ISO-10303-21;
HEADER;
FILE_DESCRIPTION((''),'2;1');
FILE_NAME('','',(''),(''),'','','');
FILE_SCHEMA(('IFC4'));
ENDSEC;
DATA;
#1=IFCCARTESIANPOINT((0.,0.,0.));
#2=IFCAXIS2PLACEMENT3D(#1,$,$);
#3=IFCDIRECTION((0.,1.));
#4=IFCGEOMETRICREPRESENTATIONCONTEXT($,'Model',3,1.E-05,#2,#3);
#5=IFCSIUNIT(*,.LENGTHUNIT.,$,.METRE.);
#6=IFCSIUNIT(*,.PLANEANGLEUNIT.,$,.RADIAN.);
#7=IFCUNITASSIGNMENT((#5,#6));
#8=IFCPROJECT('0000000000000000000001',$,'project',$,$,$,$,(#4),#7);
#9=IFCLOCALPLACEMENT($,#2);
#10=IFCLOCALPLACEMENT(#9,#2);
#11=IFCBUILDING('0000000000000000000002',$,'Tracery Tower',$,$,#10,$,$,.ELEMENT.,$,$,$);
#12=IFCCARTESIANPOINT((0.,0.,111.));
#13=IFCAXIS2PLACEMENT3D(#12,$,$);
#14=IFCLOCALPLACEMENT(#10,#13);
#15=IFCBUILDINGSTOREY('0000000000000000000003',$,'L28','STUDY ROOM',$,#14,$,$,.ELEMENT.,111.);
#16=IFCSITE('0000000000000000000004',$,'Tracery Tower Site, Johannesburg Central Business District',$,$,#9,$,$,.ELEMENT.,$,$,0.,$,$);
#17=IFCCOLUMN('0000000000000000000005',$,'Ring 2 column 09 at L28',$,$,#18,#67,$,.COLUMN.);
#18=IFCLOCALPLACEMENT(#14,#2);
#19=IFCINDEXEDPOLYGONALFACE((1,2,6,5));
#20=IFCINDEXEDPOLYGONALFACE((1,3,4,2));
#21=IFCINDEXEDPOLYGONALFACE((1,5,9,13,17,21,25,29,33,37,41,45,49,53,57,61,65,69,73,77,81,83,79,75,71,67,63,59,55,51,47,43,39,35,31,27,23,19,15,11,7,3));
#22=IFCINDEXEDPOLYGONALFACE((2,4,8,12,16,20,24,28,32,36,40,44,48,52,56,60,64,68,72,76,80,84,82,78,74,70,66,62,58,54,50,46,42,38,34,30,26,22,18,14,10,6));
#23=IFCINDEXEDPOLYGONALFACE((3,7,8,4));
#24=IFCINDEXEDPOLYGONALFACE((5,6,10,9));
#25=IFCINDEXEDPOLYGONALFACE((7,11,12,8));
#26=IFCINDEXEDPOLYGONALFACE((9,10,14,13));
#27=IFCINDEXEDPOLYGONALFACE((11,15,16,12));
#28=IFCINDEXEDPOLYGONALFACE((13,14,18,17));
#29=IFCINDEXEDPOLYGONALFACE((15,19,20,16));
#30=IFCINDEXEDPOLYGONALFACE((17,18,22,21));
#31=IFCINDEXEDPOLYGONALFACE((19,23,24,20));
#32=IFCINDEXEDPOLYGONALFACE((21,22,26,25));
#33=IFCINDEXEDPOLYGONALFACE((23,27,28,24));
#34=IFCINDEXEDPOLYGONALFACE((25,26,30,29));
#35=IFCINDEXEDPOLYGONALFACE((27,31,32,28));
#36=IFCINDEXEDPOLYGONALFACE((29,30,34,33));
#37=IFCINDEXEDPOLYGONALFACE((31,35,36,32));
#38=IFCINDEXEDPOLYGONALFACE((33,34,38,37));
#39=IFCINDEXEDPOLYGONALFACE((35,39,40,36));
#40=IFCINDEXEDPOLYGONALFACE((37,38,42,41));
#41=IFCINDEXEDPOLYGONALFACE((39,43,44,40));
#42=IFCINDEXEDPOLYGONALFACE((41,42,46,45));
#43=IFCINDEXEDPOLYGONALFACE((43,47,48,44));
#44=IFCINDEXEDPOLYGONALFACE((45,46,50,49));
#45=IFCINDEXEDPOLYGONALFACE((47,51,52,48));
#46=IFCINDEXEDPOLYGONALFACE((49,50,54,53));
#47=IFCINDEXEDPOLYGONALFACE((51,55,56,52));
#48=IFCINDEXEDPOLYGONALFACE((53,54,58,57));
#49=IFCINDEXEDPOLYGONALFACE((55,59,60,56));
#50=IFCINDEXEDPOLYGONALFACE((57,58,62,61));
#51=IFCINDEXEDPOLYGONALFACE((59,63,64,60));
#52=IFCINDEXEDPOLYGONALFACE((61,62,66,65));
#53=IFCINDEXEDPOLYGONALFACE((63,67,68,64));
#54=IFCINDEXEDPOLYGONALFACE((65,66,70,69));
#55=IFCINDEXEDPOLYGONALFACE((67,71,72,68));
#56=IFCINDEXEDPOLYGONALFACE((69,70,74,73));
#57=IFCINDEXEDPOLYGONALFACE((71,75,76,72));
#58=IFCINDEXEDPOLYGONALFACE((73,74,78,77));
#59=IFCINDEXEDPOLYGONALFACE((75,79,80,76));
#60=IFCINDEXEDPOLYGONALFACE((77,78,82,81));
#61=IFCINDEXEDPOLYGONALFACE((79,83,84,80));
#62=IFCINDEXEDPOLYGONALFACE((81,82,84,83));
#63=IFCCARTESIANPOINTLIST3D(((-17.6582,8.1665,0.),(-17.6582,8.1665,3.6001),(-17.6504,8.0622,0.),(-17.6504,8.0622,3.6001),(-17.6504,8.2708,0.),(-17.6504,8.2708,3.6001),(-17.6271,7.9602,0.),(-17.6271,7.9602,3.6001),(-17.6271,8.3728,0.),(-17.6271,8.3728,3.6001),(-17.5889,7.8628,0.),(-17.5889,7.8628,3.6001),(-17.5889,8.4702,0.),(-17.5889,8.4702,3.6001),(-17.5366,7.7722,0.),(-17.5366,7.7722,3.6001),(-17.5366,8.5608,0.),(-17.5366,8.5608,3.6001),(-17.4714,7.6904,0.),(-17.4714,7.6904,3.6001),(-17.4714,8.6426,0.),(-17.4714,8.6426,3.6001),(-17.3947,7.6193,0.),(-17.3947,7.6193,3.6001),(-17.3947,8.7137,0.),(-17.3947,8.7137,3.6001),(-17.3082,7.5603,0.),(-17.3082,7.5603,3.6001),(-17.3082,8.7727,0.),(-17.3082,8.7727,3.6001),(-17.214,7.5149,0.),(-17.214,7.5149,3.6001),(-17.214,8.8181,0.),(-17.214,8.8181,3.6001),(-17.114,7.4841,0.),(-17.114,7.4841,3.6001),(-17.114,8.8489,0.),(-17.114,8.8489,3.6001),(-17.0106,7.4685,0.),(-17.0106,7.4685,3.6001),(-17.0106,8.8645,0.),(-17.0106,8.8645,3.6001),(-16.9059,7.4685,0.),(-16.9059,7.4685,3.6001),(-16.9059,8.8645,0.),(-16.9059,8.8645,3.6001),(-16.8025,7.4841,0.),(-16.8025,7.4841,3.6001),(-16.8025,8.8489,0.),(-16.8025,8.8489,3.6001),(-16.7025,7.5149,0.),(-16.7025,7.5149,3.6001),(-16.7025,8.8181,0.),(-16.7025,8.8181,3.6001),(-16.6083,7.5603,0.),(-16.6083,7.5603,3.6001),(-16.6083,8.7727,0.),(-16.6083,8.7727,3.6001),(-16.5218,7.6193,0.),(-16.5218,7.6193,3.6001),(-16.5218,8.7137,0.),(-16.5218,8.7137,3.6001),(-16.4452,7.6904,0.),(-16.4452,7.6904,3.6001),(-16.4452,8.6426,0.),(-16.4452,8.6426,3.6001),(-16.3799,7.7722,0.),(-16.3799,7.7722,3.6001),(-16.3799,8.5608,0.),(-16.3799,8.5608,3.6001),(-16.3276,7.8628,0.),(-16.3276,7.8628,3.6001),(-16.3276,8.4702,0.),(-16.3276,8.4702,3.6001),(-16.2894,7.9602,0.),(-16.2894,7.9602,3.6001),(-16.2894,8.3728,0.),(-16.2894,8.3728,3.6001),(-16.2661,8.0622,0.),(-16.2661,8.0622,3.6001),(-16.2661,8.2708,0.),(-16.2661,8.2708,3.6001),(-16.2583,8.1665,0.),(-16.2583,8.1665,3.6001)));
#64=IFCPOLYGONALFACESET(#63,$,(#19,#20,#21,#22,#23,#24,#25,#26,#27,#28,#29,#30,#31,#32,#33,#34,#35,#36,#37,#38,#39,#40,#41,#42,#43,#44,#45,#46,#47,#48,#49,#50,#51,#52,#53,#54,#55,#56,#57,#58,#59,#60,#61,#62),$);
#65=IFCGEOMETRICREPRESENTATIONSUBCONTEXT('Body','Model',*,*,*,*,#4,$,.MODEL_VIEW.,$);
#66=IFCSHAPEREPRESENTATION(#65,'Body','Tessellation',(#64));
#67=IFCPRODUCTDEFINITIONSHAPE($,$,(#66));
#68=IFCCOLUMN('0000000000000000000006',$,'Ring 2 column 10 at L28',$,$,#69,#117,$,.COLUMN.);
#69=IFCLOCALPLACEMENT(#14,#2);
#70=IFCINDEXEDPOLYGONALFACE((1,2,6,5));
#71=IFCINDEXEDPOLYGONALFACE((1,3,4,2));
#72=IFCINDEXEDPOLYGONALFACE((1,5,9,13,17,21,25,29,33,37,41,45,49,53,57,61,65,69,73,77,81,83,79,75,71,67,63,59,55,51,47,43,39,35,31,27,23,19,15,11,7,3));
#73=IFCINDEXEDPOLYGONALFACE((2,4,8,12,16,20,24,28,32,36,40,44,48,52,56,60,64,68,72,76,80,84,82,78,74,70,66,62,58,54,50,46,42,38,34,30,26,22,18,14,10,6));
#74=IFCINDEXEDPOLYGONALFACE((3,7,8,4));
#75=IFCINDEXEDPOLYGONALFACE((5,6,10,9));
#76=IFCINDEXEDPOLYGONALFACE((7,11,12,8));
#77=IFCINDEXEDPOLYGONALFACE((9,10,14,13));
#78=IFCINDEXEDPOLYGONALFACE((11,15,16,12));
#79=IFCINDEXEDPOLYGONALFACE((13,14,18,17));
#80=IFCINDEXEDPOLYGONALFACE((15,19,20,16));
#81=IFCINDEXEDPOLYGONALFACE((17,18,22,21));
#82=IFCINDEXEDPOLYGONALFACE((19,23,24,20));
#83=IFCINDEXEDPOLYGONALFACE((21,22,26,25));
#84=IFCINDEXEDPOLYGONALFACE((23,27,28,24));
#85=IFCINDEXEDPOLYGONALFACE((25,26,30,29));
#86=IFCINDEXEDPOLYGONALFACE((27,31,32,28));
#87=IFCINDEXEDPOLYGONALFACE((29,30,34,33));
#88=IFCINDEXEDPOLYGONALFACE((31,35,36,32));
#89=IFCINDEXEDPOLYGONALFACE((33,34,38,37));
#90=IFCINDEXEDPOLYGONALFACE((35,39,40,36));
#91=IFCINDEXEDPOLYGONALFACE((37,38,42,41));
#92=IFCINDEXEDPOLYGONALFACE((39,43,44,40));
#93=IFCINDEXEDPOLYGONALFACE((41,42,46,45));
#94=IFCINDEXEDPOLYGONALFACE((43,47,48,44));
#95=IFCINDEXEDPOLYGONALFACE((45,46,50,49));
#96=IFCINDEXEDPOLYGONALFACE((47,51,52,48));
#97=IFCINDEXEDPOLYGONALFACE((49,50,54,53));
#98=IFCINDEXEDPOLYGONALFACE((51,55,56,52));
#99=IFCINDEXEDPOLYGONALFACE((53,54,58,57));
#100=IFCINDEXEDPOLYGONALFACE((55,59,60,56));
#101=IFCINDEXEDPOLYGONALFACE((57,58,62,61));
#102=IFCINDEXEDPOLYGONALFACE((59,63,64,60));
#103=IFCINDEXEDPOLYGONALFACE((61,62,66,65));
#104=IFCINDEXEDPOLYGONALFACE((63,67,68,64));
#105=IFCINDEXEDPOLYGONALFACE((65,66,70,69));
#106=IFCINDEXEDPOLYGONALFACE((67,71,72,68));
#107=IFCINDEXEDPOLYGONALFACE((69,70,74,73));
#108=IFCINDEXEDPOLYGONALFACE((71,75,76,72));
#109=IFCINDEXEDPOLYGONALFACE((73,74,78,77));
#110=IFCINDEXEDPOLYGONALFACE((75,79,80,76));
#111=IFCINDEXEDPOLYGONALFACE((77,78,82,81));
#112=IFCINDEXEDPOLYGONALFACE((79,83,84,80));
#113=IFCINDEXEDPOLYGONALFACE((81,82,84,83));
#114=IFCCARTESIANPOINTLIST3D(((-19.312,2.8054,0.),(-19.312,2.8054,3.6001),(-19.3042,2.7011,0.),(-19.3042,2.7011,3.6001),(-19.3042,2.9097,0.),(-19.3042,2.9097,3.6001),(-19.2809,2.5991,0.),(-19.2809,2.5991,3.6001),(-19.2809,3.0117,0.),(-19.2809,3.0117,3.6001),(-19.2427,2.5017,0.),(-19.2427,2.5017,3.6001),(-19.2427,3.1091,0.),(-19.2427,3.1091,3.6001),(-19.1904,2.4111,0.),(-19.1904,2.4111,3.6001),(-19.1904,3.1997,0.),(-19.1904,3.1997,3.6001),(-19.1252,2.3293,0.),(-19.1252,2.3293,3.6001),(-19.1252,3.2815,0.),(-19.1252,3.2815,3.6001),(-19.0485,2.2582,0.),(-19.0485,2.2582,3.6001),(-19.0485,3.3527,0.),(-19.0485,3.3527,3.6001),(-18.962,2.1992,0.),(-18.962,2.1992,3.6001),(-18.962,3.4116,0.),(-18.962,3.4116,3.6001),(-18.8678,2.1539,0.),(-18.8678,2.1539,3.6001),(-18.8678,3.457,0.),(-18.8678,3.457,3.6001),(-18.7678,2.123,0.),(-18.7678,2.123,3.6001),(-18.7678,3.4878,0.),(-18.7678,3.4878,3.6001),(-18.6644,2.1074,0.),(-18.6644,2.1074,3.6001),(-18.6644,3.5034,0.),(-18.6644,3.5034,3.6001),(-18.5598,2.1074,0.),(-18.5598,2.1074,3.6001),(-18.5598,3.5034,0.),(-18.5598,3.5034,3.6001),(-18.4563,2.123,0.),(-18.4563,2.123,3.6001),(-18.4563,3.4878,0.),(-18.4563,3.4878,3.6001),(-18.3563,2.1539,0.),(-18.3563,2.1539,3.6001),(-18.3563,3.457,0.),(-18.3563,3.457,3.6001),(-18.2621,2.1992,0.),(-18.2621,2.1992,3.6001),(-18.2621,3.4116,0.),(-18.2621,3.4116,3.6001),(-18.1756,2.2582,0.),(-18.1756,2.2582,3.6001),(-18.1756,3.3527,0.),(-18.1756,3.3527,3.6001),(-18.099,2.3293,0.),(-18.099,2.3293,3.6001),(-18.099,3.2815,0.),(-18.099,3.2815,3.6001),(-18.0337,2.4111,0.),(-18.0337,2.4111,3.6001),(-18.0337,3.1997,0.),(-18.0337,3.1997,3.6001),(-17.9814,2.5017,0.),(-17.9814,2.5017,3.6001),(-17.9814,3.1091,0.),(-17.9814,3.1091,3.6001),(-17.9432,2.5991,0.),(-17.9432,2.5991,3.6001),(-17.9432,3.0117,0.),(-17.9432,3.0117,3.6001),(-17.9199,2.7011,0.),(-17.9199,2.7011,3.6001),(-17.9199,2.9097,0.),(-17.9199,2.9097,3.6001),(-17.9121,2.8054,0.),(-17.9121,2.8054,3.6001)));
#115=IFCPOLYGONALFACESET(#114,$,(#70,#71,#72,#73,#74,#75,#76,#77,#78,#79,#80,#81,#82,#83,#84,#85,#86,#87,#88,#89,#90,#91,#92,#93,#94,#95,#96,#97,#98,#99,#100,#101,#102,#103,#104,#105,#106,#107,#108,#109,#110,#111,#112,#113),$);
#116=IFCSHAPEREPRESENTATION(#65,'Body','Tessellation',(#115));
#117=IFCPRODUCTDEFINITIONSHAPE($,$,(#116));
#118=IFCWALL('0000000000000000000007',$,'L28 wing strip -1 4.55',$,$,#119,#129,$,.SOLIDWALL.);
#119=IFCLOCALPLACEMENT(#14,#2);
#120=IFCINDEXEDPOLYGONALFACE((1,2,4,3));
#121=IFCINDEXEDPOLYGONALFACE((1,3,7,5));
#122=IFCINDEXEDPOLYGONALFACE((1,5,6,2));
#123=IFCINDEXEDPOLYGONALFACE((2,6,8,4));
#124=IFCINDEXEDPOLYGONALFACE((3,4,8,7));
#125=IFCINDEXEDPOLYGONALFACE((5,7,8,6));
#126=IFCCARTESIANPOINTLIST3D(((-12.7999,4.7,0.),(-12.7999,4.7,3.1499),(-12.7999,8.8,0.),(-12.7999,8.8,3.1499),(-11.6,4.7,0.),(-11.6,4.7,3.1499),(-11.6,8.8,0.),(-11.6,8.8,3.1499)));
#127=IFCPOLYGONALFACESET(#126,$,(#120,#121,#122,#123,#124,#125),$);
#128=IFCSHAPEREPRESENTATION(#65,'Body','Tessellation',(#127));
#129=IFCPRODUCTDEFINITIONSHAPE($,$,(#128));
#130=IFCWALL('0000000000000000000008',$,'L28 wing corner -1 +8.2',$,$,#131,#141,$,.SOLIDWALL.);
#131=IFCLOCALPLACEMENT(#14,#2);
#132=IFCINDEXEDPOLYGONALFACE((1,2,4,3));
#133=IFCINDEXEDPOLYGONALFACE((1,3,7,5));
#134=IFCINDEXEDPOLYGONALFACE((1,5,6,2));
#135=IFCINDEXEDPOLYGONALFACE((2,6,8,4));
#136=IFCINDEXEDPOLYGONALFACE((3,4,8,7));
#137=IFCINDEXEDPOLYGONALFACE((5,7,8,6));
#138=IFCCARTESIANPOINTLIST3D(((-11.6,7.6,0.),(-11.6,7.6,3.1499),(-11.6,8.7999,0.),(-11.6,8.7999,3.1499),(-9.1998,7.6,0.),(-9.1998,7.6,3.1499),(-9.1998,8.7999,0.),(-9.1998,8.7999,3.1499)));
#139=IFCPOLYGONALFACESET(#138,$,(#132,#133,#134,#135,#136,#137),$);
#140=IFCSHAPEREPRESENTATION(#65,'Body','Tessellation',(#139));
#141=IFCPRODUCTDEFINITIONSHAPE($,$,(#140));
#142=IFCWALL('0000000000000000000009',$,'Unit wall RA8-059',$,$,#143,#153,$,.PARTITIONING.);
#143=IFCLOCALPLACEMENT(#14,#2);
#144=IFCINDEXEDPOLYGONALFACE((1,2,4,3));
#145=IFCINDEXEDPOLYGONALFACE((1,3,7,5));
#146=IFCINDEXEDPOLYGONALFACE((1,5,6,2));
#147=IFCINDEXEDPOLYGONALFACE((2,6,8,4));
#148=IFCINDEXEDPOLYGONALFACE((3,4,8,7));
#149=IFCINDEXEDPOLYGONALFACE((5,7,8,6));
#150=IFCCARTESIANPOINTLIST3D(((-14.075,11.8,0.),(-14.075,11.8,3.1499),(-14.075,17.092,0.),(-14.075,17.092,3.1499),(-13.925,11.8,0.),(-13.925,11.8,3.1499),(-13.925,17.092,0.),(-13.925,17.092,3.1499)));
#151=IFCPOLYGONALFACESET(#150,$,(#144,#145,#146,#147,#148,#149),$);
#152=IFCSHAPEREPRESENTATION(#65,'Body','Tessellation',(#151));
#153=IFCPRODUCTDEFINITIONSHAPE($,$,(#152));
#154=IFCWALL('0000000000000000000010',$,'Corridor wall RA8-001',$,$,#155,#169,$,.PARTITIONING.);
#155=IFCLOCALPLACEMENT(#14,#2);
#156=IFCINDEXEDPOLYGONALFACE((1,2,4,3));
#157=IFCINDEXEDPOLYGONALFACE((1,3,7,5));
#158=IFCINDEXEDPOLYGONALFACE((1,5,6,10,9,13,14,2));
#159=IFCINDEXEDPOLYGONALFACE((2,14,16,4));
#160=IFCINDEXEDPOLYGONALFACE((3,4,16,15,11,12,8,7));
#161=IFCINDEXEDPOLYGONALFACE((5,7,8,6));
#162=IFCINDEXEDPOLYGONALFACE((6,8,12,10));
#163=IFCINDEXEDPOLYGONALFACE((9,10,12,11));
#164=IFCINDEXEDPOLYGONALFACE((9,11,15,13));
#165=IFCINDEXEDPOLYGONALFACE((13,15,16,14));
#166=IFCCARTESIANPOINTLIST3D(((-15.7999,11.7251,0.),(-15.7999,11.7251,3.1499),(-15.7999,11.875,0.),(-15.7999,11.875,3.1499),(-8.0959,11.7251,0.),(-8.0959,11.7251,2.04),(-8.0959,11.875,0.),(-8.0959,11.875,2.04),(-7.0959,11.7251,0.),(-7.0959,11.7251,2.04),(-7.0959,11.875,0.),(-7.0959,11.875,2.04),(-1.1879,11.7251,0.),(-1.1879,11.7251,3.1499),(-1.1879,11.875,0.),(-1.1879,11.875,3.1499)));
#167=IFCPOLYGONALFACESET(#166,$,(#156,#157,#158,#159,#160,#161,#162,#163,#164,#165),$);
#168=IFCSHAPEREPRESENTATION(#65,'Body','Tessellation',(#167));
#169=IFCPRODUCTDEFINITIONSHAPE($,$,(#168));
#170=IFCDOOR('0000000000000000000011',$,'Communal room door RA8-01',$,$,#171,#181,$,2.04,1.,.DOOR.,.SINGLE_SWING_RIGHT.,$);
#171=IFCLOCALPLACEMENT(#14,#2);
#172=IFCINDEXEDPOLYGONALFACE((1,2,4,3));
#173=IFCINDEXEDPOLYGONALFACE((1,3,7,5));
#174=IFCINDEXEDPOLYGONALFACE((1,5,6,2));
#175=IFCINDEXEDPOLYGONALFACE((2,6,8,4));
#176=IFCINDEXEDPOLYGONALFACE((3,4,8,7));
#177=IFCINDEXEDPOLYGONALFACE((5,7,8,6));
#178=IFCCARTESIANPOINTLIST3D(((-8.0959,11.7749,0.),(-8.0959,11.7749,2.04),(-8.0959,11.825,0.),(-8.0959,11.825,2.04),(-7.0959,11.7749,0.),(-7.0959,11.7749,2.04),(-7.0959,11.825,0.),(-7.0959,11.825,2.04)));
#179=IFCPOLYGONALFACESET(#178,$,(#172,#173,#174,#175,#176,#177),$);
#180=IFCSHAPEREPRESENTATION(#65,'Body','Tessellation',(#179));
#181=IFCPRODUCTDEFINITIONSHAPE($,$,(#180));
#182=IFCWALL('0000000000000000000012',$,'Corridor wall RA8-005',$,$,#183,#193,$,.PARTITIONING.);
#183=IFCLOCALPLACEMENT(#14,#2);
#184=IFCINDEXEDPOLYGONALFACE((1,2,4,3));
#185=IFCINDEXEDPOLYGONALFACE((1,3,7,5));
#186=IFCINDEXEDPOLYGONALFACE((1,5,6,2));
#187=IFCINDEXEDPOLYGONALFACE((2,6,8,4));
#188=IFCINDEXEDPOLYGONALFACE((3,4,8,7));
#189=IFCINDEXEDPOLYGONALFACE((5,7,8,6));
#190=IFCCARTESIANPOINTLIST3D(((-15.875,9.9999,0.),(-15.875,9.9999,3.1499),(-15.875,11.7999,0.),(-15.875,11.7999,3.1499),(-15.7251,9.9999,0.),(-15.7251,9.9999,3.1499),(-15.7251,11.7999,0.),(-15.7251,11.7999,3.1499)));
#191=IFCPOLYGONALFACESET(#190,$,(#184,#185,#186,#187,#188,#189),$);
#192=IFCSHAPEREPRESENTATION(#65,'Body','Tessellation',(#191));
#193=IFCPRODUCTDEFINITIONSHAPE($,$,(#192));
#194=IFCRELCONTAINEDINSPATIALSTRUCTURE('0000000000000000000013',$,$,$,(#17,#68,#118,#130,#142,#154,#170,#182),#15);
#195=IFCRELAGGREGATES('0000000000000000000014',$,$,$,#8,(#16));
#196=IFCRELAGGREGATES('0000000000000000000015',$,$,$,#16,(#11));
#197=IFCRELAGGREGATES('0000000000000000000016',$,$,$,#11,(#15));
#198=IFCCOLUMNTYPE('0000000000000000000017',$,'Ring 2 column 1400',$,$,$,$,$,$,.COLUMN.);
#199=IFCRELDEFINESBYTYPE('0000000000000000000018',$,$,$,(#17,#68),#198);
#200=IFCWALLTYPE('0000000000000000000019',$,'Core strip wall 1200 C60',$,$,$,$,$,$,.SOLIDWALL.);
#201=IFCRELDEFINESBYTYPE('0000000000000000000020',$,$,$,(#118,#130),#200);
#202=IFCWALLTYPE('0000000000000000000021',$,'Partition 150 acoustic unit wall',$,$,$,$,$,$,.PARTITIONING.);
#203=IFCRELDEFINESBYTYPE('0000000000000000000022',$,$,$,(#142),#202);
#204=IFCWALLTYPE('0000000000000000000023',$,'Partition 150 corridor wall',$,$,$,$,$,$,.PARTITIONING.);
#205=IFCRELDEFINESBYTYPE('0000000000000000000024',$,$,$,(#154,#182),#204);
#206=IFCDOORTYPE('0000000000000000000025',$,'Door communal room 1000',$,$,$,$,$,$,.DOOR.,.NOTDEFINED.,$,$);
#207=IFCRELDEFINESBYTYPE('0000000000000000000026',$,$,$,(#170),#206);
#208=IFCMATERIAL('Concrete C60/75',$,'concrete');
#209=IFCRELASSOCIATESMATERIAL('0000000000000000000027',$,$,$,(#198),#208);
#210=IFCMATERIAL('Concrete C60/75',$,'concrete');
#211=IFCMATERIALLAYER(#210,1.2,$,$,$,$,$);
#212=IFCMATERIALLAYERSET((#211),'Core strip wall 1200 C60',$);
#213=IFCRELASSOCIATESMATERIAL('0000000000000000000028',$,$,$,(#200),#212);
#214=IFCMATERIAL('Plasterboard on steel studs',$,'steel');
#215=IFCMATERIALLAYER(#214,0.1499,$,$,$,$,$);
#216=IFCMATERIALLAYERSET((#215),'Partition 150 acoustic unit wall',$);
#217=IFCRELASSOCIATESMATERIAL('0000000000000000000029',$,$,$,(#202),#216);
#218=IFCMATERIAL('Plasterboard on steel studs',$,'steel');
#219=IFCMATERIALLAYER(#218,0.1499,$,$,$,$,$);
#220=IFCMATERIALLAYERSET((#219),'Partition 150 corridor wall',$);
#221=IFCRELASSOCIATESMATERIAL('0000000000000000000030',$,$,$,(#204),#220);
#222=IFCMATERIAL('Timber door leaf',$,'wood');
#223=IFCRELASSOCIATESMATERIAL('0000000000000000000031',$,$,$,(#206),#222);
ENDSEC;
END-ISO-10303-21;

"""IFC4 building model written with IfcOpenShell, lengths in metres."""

from ifc_helpers import new_model, si_unit, direction, frame, frame_2d, origin, origin_2d, place, context, subcontext, project, spatial, rectangle, circle, extrude, material, layer, layer_set, material_profile, profile_set, type_object, element, fill, save


model = new_model("IFC4")

# Units and contexts
model_context = context("Model", 3, precision=1e-05, world=origin(), true_north=direction((0.0, 1.0)))
body_context = subcontext(model_context, "Body", "Model", "MODEL_VIEW")
ifc_project = project(units=[si_unit("LENGTHUNIT", "METRE"), si_unit("PLANEANGLEUNIT", "RADIAN")], contexts=[model_context])

# Site, building, storey
site_placement = place(None, origin())
site = spatial("IfcSite", under=ifc_project, at=site_placement, Name="Tracery Tower Site, Johannesburg Central Business District", CompositionType="ELEMENT", RefElevation=0.0)
building_placement = place(site_placement, origin())
building = spatial("IfcBuilding", under=site, at=building_placement, Name="Tracery Tower", CompositionType="ELEMENT")
storey_placement = place(building_placement, frame((0.0, 0.0, 111.0)))
storey = spatial("IfcBuildingStorey", under=building, at=storey_placement, Name="L28", Description="STUDY ROOM", CompositionType="ELEMENT", Elevation=111.0)

# Columns
ifc_material_1 = material(Name="Concrete C60/75", Category="concrete")
ifc_material_profile = material_profile(ifc_material_1, circle(Radius=0.7, at=origin_2d()), Name="RC D1400")
ifc_profile_set = profile_set([ifc_material_profile], Name="Concrete C60/75")
column_type = type_object("IfcColumnType", Name="Ring 2 column 1400", PredefinedType="COLUMN", material=ifc_profile_set)
for number, where, z_axis, x_axis, name in (
    (1, (-16.9583, 8.1665, 0.0), (0.0, 0.0, 1.0), (1.0, 0.0, 0.0), "Ring 2 column 09 at L28"),
    (2, (-18.6121, 2.8054, 0.0), (0.0, 0.0, 1.0), (1.0, 0.0, 0.0), "Ring 2 column 10 at L28"),
):
    element("IfcColumn", number, at=place(storey_placement, frame(where, z_axis=z_axis, x_axis=x_axis)), inside=storey, type_object=column_type, Name=name, PredefinedType="COLUMN", context=body_context, shape_type="SweptSolid", body=[
        extrude(circle(Radius=0.7, at=origin_2d()), origin(), (0.0, 0.0, 1.0), 3.6001),
    ])

# Walls
ifc_material_2 = material(Name="Concrete C60/75", Category="concrete")
ifc_layer_1 = layer(ifc_material_2, 1.2)
ifc_layer_set_1 = layer_set([ifc_layer_1], Name="Core strip wall 1200 C60")
wall_type_1 = type_object("IfcWallType", Name="Core strip wall 1200 C60", PredefinedType="SOLIDWALL", material=ifc_layer_set_1)
wall_1_placement = place(storey_placement, frame((-12.2, 4.7, 0.0), z_axis=(0.0, 0.0, 1.0), x_axis=(0.0, 1.0, 0.0)))
element("IfcWall", 3, at=wall_1_placement, inside=storey, type_object=wall_type_1, Name="L28 wing strip -1 4.55", PredefinedType="SOLIDWALL", context=body_context, shape_type="SweptSolid", body=[
    extrude(rectangle(XDim=4.1001, YDim=1.2, at=frame_2d((2.05, 0.0))), origin(), (0.0, 0.0, 1.0), 3.1499),
])
wall_2_placement = place(storey_placement, frame((-11.6001, 8.2, 0.0), z_axis=(0.0, 0.0, 1.0), x_axis=(1.0, 0.0, 0.0)))
element("IfcWall", 4, at=wall_2_placement, inside=storey, type_object=wall_type_1, Name="L28 wing corner -1 +8.2", PredefinedType="SOLIDWALL", context=body_context, shape_type="SweptSolid", body=[
    extrude(rectangle(XDim=2.4001, YDim=1.2, at=frame_2d((1.2002, 0.0))), origin(), (0.0, 0.0, 1.0), 3.1499),
])

# Wall
ifc_material_3 = material(Name="Plasterboard on steel studs", Category="steel")
ifc_layer_2 = layer(ifc_material_3, 0.1499)
ifc_layer_set_2 = layer_set([ifc_layer_2], Name="Partition 150 acoustic unit wall")
wall_type_2 = type_object("IfcWallType", Name="Partition 150 acoustic unit wall", PredefinedType="PARTITIONING", material=ifc_layer_set_2)
wall_3_placement = place(storey_placement, frame((-14.0, 11.8, 0.0), z_axis=(0.0, 0.0, 1.0), x_axis=(0.0, 1.0, 0.0)))
element("IfcWall", 5, at=wall_3_placement, inside=storey, type_object=wall_type_2, Name="Unit wall RA8-059", PredefinedType="PARTITIONING", context=body_context, shape_type="SweptSolid", body=[
    extrude(rectangle(XDim=5.292, YDim=0.1499, at=frame_2d((2.646, 0.0))), origin(), (0.0, 0.0, 1.0), 3.1499),
])

# Wall, opening, door
ifc_material_4 = material(Name="Plasterboard on steel studs", Category="steel")
ifc_layer_3 = layer(ifc_material_4, 0.1499)
ifc_layer_set_3 = layer_set([ifc_layer_3], Name="Partition 150 corridor wall")
wall_type_3 = type_object("IfcWallType", Name="Partition 150 corridor wall", PredefinedType="PARTITIONING", material=ifc_layer_set_3)
wall_4_placement = place(storey_placement, frame((-15.8, 11.8, 0.0), z_axis=(0.0, 0.0, 1.0), x_axis=(1.0, 0.0, 0.0)))
wall_4 = element("IfcWall", 6, at=wall_4_placement, inside=storey, type_object=wall_type_3, Name="Corridor wall RA8-001", PredefinedType="PARTITIONING", context=body_context, shape_type="SweptSolid", body=[
    extrude(rectangle(XDim=14.6121, YDim=0.1499, at=frame_2d((7.3062, 0.0))), origin(), (0.0, 0.0, 1.0), 3.1499),
])
opening_1_placement = place(wall_4_placement, frame((7.7041, 0.0, 0.0)))
opening_1 = element("IfcOpeningElement", 7, at=opening_1_placement, cuts=wall_4, PredefinedType="OPENING", context=body_context, shape_type="SweptSolid", body=[
    extrude(rectangle(XDim=1.0, YDim=2.04, at=frame_2d((0.5, 1.02))), frame((0.0, 0.075, 0.0), z_axis=(0.0, -1.0, 0.0), x_axis=(1.0, 0.0, 0.0)), (0.0, 0.0, 1.0), 0.1499),
])
ifc_material_5 = material(Name="Timber door leaf", Category="wood")
door_type_1 = type_object("IfcDoorType", Name="Door communal room 1000", OperationType="NOTDEFINED", PredefinedType="DOOR", material=ifc_material_5)
door_1_placement = place(opening_1_placement, origin())
door_1 = element("IfcDoor", 8, at=door_1_placement, inside=storey, type_object=door_type_1, Name="Communal room door RA8-01", OperationType="SINGLE_SWING_RIGHT", OverallHeight=2.04, OverallWidth=1.0, PredefinedType="DOOR", context=body_context, shape_type="SweptSolid", body=[
    extrude(rectangle(XDim=1.0, YDim=2.04, at=frame_2d((0.5, 1.02))), frame((0.0, 0.0249, 0.0), z_axis=(0.0, -1.0, 0.0), x_axis=(1.0, 0.0, 0.0)), (0.0, 0.0, 1.0), 0.05),
])
fill(opening_1, door_1)

# Wall
wall_5_placement = place(storey_placement, frame((-15.8, 10.0, 0.0), z_axis=(0.0, 0.0, 1.0), x_axis=(0.0, 1.0, 0.0)))
element("IfcWall", 9, at=wall_5_placement, inside=storey, type_object=wall_type_3, Name="Corridor wall RA8-005", PredefinedType="PARTITIONING", context=body_context, shape_type="SweptSolid", body=[
    extrude(rectangle(XDim=1.8, YDim=0.1499, at=frame_2d((0.8999, 0.0))), origin(), (0.0, 0.0, 1.0), 3.1499),
])

save(model, "model.ifc")
